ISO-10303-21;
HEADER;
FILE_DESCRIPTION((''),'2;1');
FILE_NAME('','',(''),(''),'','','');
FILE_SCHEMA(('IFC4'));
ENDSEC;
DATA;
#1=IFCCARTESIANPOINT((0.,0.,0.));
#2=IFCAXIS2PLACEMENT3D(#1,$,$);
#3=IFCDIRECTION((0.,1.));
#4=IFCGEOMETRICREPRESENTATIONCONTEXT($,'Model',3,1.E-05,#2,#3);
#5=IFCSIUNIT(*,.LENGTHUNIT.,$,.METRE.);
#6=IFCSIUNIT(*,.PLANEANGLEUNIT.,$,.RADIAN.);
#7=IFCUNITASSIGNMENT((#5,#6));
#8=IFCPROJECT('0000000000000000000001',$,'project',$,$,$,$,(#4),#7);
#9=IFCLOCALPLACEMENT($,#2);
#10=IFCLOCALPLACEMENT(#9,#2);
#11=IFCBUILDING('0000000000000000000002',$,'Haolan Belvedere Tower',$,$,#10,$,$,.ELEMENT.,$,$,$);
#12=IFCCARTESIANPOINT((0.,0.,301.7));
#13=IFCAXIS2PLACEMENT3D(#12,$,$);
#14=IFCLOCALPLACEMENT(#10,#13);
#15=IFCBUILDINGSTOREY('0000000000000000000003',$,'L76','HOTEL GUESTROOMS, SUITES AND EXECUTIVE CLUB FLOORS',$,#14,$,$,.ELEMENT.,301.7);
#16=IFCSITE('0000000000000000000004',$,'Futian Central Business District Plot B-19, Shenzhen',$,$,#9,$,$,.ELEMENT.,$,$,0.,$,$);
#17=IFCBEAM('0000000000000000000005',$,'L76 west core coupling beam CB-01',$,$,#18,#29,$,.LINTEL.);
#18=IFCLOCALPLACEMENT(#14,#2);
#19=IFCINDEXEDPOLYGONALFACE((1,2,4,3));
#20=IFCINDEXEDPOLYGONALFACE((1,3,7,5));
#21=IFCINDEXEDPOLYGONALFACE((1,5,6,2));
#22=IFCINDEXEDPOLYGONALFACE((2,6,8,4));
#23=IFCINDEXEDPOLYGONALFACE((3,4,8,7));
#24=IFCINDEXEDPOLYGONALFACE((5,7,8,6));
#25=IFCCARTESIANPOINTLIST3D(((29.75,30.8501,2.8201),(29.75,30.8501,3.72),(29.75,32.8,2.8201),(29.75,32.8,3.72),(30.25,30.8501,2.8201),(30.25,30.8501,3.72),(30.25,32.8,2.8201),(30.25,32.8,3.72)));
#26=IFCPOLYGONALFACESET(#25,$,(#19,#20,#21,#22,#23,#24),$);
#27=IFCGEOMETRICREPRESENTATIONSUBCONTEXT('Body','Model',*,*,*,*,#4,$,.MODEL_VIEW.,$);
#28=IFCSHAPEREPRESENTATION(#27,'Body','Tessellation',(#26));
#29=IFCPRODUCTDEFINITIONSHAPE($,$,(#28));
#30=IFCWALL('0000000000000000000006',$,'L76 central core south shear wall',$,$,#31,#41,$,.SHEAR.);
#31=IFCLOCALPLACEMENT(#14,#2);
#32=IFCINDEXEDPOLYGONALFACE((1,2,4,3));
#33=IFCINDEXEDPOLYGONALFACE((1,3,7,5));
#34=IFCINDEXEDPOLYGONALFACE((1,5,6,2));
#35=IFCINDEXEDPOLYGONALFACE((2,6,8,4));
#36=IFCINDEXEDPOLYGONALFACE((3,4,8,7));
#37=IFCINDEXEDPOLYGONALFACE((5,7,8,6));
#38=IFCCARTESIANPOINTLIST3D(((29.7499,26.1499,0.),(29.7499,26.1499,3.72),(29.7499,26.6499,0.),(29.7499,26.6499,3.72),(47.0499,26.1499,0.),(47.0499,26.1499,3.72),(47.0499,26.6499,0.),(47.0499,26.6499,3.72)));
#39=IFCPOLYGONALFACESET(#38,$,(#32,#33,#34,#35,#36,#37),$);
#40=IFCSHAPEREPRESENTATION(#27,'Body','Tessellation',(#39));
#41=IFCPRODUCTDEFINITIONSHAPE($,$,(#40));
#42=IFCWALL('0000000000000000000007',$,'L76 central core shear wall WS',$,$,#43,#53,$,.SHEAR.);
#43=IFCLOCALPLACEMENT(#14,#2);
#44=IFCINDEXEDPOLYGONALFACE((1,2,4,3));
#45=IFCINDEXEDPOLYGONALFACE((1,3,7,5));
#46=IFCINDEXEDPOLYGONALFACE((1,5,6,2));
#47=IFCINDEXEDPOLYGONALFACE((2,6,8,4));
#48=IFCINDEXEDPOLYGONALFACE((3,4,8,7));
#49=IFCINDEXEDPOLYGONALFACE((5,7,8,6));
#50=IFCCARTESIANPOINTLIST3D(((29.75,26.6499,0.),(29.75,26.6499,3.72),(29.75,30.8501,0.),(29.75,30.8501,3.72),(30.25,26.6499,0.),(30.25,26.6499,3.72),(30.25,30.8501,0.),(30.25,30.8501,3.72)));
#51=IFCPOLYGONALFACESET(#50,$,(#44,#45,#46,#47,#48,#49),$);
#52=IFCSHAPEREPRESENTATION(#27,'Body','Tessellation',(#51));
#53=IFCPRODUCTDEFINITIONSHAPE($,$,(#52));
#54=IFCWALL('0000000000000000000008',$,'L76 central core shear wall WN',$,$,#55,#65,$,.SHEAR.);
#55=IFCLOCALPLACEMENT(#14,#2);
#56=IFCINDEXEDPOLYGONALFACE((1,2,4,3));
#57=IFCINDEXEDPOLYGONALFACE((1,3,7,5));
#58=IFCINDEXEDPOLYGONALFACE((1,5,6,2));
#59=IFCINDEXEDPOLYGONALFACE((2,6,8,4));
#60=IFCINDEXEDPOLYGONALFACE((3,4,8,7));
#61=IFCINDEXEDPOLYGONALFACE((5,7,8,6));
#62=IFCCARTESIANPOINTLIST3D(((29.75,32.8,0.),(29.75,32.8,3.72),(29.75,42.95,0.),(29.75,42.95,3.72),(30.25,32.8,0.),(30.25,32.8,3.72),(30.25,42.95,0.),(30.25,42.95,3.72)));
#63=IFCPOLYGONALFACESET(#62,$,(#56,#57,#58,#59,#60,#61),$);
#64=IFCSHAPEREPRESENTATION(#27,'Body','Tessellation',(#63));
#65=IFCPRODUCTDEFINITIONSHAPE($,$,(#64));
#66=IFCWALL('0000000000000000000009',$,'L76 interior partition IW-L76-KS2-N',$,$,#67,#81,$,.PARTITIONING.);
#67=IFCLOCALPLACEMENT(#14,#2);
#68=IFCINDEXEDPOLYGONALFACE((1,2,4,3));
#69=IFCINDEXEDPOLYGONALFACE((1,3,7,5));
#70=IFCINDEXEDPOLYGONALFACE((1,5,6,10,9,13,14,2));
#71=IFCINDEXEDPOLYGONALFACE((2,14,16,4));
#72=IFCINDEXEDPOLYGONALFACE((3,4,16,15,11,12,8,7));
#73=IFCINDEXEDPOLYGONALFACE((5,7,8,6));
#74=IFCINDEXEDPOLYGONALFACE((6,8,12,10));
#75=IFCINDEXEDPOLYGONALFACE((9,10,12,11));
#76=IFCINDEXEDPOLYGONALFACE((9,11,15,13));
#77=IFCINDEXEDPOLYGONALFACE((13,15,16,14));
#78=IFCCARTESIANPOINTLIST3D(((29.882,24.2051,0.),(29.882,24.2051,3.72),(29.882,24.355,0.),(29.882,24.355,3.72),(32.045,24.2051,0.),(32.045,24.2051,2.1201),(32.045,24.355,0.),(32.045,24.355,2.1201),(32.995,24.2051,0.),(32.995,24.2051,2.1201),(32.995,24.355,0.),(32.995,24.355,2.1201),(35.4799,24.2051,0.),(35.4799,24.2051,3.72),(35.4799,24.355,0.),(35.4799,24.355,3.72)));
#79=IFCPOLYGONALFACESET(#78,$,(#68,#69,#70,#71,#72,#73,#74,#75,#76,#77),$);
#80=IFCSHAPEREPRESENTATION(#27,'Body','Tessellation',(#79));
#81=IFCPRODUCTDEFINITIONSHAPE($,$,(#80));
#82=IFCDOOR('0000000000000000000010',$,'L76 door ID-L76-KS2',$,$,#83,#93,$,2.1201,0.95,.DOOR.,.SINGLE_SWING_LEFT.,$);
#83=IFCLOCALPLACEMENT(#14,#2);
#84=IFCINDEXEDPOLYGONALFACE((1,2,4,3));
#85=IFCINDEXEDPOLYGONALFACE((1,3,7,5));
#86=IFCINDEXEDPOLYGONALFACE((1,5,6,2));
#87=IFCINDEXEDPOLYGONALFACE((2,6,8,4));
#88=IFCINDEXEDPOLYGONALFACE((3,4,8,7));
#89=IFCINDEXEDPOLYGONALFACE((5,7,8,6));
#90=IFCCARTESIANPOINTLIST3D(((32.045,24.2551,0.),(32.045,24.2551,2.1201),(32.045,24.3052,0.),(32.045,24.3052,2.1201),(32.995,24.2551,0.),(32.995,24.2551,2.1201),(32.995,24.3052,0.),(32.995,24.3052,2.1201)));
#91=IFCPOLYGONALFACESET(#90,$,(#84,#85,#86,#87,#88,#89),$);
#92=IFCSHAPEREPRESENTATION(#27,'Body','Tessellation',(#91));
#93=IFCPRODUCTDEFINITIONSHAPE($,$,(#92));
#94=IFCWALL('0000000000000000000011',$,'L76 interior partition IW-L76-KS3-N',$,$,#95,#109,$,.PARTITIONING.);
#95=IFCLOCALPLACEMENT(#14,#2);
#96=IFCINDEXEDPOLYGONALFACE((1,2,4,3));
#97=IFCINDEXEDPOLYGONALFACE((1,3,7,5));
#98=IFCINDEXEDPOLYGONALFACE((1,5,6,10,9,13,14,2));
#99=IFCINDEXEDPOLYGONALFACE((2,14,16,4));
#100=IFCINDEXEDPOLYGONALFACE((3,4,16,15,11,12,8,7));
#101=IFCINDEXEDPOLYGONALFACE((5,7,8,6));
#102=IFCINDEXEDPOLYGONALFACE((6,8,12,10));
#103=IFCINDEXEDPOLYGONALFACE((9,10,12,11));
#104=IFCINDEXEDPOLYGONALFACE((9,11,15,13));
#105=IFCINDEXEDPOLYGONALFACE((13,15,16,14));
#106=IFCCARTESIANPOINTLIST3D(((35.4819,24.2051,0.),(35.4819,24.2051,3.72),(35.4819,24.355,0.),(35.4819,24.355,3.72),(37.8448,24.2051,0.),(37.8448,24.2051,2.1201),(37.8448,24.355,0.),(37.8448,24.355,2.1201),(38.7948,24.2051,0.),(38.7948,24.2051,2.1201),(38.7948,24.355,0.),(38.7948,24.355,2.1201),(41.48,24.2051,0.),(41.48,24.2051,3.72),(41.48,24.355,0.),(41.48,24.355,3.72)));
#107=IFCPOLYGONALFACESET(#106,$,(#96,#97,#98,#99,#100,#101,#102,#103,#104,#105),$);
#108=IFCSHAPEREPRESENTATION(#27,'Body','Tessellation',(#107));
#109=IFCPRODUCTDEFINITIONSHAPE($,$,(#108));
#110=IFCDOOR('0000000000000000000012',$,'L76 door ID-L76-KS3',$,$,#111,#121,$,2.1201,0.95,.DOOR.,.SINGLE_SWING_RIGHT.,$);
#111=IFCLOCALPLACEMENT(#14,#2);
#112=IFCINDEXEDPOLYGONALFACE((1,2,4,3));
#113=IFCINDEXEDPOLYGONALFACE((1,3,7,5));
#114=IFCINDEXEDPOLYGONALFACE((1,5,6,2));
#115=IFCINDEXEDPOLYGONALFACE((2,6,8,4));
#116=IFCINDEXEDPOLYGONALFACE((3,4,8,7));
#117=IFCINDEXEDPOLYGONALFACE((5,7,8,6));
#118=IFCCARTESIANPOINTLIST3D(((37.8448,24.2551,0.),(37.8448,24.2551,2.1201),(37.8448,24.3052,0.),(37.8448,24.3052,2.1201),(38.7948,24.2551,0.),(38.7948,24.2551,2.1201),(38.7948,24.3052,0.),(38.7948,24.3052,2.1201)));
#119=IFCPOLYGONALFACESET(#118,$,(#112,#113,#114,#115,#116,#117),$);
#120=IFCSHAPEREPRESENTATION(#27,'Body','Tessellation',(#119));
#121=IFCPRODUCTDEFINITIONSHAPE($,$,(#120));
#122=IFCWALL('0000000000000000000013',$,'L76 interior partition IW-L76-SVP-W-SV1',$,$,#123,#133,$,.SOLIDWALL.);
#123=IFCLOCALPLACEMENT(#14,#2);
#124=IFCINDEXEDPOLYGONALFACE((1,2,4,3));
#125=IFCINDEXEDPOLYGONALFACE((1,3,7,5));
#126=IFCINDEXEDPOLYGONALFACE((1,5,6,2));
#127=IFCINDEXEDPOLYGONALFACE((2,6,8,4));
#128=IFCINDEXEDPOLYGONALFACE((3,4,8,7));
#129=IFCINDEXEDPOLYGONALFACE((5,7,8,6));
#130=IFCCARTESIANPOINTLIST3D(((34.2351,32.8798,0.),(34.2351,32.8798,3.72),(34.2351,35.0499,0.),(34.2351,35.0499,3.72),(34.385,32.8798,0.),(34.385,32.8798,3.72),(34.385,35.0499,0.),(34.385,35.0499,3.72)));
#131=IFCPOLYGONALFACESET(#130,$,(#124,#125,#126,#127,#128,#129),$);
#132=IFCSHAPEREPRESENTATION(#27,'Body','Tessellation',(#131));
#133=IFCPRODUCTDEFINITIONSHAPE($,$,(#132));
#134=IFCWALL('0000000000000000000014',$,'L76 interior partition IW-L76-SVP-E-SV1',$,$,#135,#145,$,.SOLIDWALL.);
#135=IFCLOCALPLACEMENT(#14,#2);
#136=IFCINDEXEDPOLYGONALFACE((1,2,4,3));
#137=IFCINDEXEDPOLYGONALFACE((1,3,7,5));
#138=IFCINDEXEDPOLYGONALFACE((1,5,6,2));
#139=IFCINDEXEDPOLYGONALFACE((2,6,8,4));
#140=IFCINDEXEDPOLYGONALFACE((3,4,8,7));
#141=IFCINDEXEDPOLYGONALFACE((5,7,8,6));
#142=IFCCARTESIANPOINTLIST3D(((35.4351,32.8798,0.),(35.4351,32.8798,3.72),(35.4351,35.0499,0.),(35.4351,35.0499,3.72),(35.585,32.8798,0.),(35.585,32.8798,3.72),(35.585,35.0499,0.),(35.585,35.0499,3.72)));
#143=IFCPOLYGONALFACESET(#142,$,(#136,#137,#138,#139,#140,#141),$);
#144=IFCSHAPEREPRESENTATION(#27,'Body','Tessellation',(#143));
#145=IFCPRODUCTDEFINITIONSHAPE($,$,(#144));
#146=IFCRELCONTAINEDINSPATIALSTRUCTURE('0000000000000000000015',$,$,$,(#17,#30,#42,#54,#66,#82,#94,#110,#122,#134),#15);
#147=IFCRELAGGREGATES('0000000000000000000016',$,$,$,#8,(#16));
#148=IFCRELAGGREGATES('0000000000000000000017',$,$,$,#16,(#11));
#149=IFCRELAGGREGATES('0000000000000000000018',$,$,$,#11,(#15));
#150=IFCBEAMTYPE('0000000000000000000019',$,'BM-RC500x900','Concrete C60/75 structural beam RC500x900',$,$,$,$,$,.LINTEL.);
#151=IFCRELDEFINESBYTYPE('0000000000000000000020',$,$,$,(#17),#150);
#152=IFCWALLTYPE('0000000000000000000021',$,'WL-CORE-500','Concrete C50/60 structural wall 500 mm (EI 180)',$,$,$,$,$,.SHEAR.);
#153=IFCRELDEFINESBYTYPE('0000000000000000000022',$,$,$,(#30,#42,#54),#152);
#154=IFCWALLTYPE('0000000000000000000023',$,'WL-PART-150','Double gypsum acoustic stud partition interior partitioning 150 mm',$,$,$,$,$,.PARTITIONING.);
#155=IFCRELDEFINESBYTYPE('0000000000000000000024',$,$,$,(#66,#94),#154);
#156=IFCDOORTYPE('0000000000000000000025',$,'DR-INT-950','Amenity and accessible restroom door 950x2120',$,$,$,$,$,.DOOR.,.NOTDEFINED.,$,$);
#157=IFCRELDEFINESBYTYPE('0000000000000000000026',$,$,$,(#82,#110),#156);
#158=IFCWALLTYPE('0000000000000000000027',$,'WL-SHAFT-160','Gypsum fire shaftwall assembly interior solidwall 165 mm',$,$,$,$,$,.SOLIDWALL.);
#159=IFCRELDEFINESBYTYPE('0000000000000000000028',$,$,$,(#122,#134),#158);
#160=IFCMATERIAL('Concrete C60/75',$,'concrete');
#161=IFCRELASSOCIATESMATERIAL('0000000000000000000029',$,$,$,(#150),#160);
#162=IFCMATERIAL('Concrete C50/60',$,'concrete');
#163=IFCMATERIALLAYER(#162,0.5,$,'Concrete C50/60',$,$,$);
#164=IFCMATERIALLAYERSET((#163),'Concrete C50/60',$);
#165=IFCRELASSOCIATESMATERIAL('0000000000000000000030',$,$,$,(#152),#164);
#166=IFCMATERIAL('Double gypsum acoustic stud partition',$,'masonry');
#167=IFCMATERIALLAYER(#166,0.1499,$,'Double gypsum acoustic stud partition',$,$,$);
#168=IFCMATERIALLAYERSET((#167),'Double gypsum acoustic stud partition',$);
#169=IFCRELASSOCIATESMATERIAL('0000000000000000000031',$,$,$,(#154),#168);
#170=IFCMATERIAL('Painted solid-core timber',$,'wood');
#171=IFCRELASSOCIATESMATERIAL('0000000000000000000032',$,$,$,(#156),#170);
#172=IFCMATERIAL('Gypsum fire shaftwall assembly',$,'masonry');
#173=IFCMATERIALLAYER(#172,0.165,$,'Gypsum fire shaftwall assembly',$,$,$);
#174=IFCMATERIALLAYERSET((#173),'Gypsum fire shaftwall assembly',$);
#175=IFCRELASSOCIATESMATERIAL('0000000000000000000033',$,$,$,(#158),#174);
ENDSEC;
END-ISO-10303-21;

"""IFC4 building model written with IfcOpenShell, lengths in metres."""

from ifc_helpers import new_model, si_unit, direction, frame, frame_2d, origin, origin_2d, place, context, subcontext, project, spatial, rectangle, extrude, material, layer, layer_set, material_profile, profile_set, type_object, element, fill, save


model = new_model("IFC4")

# Units and contexts
model_context = context("Model", 3, precision=1e-05, world=origin(), true_north=direction((0.0, 1.0)))
body_context = subcontext(model_context, "Body", "Model", "MODEL_VIEW")
ifc_project = project(units=[si_unit("LENGTHUNIT", "METRE"), si_unit("PLANEANGLEUNIT", "RADIAN")], contexts=[model_context])

# Site, building, storey
site_placement = place(None, origin())
site = spatial("IfcSite", under=ifc_project, at=site_placement, Name="Futian Central Business District Plot B-19, Shenzhen", CompositionType="ELEMENT", RefElevation=0.0)
building_placement = place(site_placement, origin())
building = spatial("IfcBuilding", under=site, at=building_placement, Name="Haolan Belvedere Tower", CompositionType="ELEMENT")
storey_placement = place(building_placement, frame((0.0, 0.0, 301.7)))
storey = spatial("IfcBuildingStorey", under=building, at=storey_placement, Name="L76", Description="HOTEL GUESTROOMS, SUITES AND EXECUTIVE CLUB FLOORS", CompositionType="ELEMENT", Elevation=301.7)

# Beam
ifc_material_1 = material(Name="Concrete C60/75", Category="concrete")
ifc_material_profile = material_profile(ifc_material_1, rectangle(XDim=0.5, YDim=0.8999, at=origin_2d()), Name="Concrete C60/75")
ifc_profile_set = profile_set([ifc_material_profile], Name="Concrete C60/75")
beam_type = type_object("IfcBeamType", Name="BM-RC500x900", Description="Concrete C60/75 structural beam RC500x900", PredefinedType="LINTEL", material=ifc_profile_set)
beam_placement = place(storey_placement, frame((30.0, 30.8501, 3.27), z_axis=(0.0, 1.0, 0.0), x_axis=(-1.0, 0.0, 0.0)))
element("IfcBeam", 1, at=beam_placement, inside=storey, type_object=beam_type, Name="L76 west core coupling beam CB-01", PredefinedType="LINTEL", context=body_context, shape_type="SweptSolid", body=[
    extrude(rectangle(XDim=0.5, YDim=0.8999, at=origin_2d()), origin(), (0.0, 0.0, 1.0), 1.95),
])

# Walls
ifc_material_2 = material(Name="Concrete C50/60", Category="concrete")
ifc_layer_1 = layer(ifc_material_2, 0.5, Name="Concrete C50/60")
ifc_layer_set_1 = layer_set([ifc_layer_1], Name="Concrete C50/60")
wall_type_1 = type_object("IfcWallType", Name="WL-CORE-500", Description="Concrete C50/60 structural wall 500 mm (EI 180)", PredefinedType="SHEAR", material=ifc_layer_set_1)
wall_1_placement = place(storey_placement, frame((29.75, 26.3999, 0.0), z_axis=(0.0, 0.0, 1.0), x_axis=(1.0, 0.0, 0.0)))
element("IfcWall", 2, at=wall_1_placement, inside=storey, type_object=wall_type_1, Name="L76 central core south shear wall", PredefinedType="SHEAR", context=body_context, shape_type="SweptSolid", body=[
    extrude(rectangle(XDim=17.3, YDim=0.5, at=frame_2d((8.6499, 0.0))), origin(), (0.0, 0.0, 1.0), 3.72),
])
wall_2_placement = place(storey_placement, frame((30.0, 26.6499, 0.0), z_axis=(0.0, 0.0, 1.0), x_axis=(0.0, 1.0, 0.0)))
element("IfcWall", 3, at=wall_2_placement, inside=storey, type_object=wall_type_1, Name="L76 central core shear wall WS", PredefinedType="SHEAR", context=body_context, shape_type="SweptSolid", body=[
    extrude(rectangle(XDim=4.2002, YDim=0.5, at=frame_2d((2.1001, 0.0))), origin(), (0.0, 0.0, 1.0), 3.72),
])
wall_3_placement = place(storey_placement, frame((30.0, 32.8, 0.0), z_axis=(0.0, 0.0, 1.0), x_axis=(0.0, 1.0, 0.0)))
element("IfcWall", 4, at=wall_3_placement, inside=storey, type_object=wall_type_1, Name="L76 central core shear wall WN", PredefinedType="SHEAR", context=body_context, shape_type="SweptSolid", body=[
    extrude(rectangle(XDim=10.1499, YDim=0.5, at=frame_2d((5.075, 0.0))), origin(), (0.0, 0.0, 1.0), 3.72),
])

# Walls, openings, doors
ifc_material_3 = material(Name="Double gypsum acoustic stud partition", Category="masonry")
ifc_layer_2 = layer(ifc_material_3, 0.1499, Name="Double gypsum acoustic stud partition")
ifc_layer_set_2 = layer_set([ifc_layer_2], Name="Double gypsum acoustic stud partition")
wall_type_2 = type_object("IfcWallType", Name="WL-PART-150", Description="Double gypsum acoustic stud partition interior partitioning 150 mm", PredefinedType="PARTITIONING", material=ifc_layer_set_2)
wall_4_placement = place(storey_placement, frame((29.8821, 24.28, 0.0), z_axis=(0.0, 0.0, 1.0), x_axis=(1.0, 0.0, 0.0)))
wall_4 = element("IfcWall", 5, at=wall_4_placement, inside=storey, type_object=wall_type_2, Name="L76 interior partition IW-L76-KS2-N", PredefinedType="PARTITIONING", context=body_context, shape_type="SweptSolid", body=[
    extrude(rectangle(XDim=5.5979, YDim=0.1499, at=frame_2d((2.7988, 0.0))), origin(), (0.0, 0.0, 1.0), 3.72),
])
opening_1_placement = place(wall_4_placement, frame((3.113, 0.0, 0.0), z_axis=(0.0, 0.0, 1.0), x_axis=(-1.0, 0.0, 0.0)))
opening_1 = element("IfcOpeningElement", 6, at=opening_1_placement, cuts=wall_4, PredefinedType="OPENING", context=body_context, shape_type="SweptSolid", body=[
    extrude(rectangle(XDim=0.95, YDim=2.1201, at=frame_2d((0.4751, 1.0601))), frame((0.0, 0.085, 0.0), z_axis=(0.0, -1.0, 0.0), x_axis=(1.0, 0.0, 0.0)), (0.0, 0.0, 1.0), 0.1699),
])
ifc_material_4 = material(Name="Painted solid-core timber", Category="wood")
door_type_1 = type_object("IfcDoorType", Name="DR-INT-950", Description="Amenity and accessible restroom door 950x2120", OperationType="NOTDEFINED", PredefinedType="DOOR", material=ifc_material_4)
door_1_placement = place(opening_1_placement, origin())
door_1 = element("IfcDoor", 7, at=door_1_placement, inside=storey, type_object=door_type_1, Name="L76 door ID-L76-KS2", OperationType="SINGLE_SWING_LEFT", OverallHeight=2.1201, OverallWidth=0.95, PredefinedType="DOOR", context=body_context, shape_type="SweptSolid", body=[
    extrude(rectangle(XDim=0.95, YDim=2.1201, at=frame_2d((0.4751, 1.0601))), frame((0.0, 0.0249, 0.0), z_axis=(0.0, -1.0, 0.0), x_axis=(1.0, 0.0, 0.0)), (0.0, 0.0, 1.0), 0.05),
])
fill(opening_1, door_1)
wall_5_placement = place(storey_placement, frame((35.4819, 24.28, 0.0), z_axis=(0.0, 0.0, 1.0), x_axis=(1.0, 0.0, 0.0)))
wall_5 = element("IfcWall", 8, at=wall_5_placement, inside=storey, type_object=wall_type_2, Name="L76 interior partition IW-L76-KS3-N", PredefinedType="PARTITIONING", context=body_context, shape_type="SweptSolid", body=[
    extrude(rectangle(XDim=5.998, YDim=0.1499, at=frame_2d((2.999, 0.0))), origin(), (0.0, 0.0, 1.0), 3.72),
])
opening_2_placement = place(wall_5_placement, frame((3.313, 0.0, 0.0), z_axis=(0.0, 0.0, 1.0), x_axis=(-1.0, 0.0, 0.0)))
opening_2 = element("IfcOpeningElement", 9, at=opening_2_placement, cuts=wall_5, PredefinedType="OPENING", context=body_context, shape_type="SweptSolid", body=[
    extrude(rectangle(XDim=0.95, YDim=2.1201, at=frame_2d((0.4751, 1.0601))), frame((0.0, 0.085, 0.0), z_axis=(0.0, -1.0, 0.0), x_axis=(1.0, 0.0, 0.0)), (0.0, 0.0, 1.0), 0.1699),
])
door_2_placement = place(opening_2_placement, origin())
door_2 = element("IfcDoor", 10, at=door_2_placement, inside=storey, type_object=door_type_1, Name="L76 door ID-L76-KS3", OperationType="SINGLE_SWING_RIGHT", OverallHeight=2.1201, OverallWidth=0.95, PredefinedType="DOOR", context=body_context, shape_type="SweptSolid", body=[
    extrude(rectangle(XDim=0.95, YDim=2.1201, at=frame_2d((0.4751, 1.0601))), frame((0.0, 0.0249, 0.0), z_axis=(0.0, -1.0, 0.0), x_axis=(1.0, 0.0, 0.0)), (0.0, 0.0, 1.0), 0.05),
])
fill(opening_2, door_2)

# Walls
ifc_material_5 = material(Name="Gypsum fire shaftwall assembly", Category="masonry")
ifc_layer_3 = layer(ifc_material_5, 0.165, Name="Gypsum fire shaftwall assembly")
ifc_layer_set_3 = layer_set([ifc_layer_3], Name="Gypsum fire shaftwall assembly")
wall_type_3 = type_object("IfcWallType", Name="WL-SHAFT-160", Description="Gypsum fire shaftwall assembly interior solidwall 165 mm", PredefinedType="SOLIDWALL", material=ifc_layer_set_3)
for number, where, z_axis, x_axis, name in (
    (11, (34.3101, 32.8799, 0.0), (0.0, 0.0, 1.0), (0.0, 1.0, 0.0), "L76 interior partition IW-L76-SVP-W-SV1"),
    (12, (35.51, 32.8799, 0.0), (0.0, 0.0, 1.0), (0.0, 1.0, 0.0), "L76 interior partition IW-L76-SVP-E-SV1"),
):
    element("IfcWall", number, at=place(storey_placement, frame(where, z_axis=z_axis, x_axis=x_axis)), inside=storey, type_object=wall_type_3, Name=name, PredefinedType="SOLIDWALL", context=body_context, shape_type="SweptSolid", body=[
        extrude(rectangle(XDim=2.1702, YDim=0.1499, at=frame_2d((1.085, 0.0))), origin(), (0.0, 0.0, 1.0), 3.72),
    ])

save(model, "model.ifc")
